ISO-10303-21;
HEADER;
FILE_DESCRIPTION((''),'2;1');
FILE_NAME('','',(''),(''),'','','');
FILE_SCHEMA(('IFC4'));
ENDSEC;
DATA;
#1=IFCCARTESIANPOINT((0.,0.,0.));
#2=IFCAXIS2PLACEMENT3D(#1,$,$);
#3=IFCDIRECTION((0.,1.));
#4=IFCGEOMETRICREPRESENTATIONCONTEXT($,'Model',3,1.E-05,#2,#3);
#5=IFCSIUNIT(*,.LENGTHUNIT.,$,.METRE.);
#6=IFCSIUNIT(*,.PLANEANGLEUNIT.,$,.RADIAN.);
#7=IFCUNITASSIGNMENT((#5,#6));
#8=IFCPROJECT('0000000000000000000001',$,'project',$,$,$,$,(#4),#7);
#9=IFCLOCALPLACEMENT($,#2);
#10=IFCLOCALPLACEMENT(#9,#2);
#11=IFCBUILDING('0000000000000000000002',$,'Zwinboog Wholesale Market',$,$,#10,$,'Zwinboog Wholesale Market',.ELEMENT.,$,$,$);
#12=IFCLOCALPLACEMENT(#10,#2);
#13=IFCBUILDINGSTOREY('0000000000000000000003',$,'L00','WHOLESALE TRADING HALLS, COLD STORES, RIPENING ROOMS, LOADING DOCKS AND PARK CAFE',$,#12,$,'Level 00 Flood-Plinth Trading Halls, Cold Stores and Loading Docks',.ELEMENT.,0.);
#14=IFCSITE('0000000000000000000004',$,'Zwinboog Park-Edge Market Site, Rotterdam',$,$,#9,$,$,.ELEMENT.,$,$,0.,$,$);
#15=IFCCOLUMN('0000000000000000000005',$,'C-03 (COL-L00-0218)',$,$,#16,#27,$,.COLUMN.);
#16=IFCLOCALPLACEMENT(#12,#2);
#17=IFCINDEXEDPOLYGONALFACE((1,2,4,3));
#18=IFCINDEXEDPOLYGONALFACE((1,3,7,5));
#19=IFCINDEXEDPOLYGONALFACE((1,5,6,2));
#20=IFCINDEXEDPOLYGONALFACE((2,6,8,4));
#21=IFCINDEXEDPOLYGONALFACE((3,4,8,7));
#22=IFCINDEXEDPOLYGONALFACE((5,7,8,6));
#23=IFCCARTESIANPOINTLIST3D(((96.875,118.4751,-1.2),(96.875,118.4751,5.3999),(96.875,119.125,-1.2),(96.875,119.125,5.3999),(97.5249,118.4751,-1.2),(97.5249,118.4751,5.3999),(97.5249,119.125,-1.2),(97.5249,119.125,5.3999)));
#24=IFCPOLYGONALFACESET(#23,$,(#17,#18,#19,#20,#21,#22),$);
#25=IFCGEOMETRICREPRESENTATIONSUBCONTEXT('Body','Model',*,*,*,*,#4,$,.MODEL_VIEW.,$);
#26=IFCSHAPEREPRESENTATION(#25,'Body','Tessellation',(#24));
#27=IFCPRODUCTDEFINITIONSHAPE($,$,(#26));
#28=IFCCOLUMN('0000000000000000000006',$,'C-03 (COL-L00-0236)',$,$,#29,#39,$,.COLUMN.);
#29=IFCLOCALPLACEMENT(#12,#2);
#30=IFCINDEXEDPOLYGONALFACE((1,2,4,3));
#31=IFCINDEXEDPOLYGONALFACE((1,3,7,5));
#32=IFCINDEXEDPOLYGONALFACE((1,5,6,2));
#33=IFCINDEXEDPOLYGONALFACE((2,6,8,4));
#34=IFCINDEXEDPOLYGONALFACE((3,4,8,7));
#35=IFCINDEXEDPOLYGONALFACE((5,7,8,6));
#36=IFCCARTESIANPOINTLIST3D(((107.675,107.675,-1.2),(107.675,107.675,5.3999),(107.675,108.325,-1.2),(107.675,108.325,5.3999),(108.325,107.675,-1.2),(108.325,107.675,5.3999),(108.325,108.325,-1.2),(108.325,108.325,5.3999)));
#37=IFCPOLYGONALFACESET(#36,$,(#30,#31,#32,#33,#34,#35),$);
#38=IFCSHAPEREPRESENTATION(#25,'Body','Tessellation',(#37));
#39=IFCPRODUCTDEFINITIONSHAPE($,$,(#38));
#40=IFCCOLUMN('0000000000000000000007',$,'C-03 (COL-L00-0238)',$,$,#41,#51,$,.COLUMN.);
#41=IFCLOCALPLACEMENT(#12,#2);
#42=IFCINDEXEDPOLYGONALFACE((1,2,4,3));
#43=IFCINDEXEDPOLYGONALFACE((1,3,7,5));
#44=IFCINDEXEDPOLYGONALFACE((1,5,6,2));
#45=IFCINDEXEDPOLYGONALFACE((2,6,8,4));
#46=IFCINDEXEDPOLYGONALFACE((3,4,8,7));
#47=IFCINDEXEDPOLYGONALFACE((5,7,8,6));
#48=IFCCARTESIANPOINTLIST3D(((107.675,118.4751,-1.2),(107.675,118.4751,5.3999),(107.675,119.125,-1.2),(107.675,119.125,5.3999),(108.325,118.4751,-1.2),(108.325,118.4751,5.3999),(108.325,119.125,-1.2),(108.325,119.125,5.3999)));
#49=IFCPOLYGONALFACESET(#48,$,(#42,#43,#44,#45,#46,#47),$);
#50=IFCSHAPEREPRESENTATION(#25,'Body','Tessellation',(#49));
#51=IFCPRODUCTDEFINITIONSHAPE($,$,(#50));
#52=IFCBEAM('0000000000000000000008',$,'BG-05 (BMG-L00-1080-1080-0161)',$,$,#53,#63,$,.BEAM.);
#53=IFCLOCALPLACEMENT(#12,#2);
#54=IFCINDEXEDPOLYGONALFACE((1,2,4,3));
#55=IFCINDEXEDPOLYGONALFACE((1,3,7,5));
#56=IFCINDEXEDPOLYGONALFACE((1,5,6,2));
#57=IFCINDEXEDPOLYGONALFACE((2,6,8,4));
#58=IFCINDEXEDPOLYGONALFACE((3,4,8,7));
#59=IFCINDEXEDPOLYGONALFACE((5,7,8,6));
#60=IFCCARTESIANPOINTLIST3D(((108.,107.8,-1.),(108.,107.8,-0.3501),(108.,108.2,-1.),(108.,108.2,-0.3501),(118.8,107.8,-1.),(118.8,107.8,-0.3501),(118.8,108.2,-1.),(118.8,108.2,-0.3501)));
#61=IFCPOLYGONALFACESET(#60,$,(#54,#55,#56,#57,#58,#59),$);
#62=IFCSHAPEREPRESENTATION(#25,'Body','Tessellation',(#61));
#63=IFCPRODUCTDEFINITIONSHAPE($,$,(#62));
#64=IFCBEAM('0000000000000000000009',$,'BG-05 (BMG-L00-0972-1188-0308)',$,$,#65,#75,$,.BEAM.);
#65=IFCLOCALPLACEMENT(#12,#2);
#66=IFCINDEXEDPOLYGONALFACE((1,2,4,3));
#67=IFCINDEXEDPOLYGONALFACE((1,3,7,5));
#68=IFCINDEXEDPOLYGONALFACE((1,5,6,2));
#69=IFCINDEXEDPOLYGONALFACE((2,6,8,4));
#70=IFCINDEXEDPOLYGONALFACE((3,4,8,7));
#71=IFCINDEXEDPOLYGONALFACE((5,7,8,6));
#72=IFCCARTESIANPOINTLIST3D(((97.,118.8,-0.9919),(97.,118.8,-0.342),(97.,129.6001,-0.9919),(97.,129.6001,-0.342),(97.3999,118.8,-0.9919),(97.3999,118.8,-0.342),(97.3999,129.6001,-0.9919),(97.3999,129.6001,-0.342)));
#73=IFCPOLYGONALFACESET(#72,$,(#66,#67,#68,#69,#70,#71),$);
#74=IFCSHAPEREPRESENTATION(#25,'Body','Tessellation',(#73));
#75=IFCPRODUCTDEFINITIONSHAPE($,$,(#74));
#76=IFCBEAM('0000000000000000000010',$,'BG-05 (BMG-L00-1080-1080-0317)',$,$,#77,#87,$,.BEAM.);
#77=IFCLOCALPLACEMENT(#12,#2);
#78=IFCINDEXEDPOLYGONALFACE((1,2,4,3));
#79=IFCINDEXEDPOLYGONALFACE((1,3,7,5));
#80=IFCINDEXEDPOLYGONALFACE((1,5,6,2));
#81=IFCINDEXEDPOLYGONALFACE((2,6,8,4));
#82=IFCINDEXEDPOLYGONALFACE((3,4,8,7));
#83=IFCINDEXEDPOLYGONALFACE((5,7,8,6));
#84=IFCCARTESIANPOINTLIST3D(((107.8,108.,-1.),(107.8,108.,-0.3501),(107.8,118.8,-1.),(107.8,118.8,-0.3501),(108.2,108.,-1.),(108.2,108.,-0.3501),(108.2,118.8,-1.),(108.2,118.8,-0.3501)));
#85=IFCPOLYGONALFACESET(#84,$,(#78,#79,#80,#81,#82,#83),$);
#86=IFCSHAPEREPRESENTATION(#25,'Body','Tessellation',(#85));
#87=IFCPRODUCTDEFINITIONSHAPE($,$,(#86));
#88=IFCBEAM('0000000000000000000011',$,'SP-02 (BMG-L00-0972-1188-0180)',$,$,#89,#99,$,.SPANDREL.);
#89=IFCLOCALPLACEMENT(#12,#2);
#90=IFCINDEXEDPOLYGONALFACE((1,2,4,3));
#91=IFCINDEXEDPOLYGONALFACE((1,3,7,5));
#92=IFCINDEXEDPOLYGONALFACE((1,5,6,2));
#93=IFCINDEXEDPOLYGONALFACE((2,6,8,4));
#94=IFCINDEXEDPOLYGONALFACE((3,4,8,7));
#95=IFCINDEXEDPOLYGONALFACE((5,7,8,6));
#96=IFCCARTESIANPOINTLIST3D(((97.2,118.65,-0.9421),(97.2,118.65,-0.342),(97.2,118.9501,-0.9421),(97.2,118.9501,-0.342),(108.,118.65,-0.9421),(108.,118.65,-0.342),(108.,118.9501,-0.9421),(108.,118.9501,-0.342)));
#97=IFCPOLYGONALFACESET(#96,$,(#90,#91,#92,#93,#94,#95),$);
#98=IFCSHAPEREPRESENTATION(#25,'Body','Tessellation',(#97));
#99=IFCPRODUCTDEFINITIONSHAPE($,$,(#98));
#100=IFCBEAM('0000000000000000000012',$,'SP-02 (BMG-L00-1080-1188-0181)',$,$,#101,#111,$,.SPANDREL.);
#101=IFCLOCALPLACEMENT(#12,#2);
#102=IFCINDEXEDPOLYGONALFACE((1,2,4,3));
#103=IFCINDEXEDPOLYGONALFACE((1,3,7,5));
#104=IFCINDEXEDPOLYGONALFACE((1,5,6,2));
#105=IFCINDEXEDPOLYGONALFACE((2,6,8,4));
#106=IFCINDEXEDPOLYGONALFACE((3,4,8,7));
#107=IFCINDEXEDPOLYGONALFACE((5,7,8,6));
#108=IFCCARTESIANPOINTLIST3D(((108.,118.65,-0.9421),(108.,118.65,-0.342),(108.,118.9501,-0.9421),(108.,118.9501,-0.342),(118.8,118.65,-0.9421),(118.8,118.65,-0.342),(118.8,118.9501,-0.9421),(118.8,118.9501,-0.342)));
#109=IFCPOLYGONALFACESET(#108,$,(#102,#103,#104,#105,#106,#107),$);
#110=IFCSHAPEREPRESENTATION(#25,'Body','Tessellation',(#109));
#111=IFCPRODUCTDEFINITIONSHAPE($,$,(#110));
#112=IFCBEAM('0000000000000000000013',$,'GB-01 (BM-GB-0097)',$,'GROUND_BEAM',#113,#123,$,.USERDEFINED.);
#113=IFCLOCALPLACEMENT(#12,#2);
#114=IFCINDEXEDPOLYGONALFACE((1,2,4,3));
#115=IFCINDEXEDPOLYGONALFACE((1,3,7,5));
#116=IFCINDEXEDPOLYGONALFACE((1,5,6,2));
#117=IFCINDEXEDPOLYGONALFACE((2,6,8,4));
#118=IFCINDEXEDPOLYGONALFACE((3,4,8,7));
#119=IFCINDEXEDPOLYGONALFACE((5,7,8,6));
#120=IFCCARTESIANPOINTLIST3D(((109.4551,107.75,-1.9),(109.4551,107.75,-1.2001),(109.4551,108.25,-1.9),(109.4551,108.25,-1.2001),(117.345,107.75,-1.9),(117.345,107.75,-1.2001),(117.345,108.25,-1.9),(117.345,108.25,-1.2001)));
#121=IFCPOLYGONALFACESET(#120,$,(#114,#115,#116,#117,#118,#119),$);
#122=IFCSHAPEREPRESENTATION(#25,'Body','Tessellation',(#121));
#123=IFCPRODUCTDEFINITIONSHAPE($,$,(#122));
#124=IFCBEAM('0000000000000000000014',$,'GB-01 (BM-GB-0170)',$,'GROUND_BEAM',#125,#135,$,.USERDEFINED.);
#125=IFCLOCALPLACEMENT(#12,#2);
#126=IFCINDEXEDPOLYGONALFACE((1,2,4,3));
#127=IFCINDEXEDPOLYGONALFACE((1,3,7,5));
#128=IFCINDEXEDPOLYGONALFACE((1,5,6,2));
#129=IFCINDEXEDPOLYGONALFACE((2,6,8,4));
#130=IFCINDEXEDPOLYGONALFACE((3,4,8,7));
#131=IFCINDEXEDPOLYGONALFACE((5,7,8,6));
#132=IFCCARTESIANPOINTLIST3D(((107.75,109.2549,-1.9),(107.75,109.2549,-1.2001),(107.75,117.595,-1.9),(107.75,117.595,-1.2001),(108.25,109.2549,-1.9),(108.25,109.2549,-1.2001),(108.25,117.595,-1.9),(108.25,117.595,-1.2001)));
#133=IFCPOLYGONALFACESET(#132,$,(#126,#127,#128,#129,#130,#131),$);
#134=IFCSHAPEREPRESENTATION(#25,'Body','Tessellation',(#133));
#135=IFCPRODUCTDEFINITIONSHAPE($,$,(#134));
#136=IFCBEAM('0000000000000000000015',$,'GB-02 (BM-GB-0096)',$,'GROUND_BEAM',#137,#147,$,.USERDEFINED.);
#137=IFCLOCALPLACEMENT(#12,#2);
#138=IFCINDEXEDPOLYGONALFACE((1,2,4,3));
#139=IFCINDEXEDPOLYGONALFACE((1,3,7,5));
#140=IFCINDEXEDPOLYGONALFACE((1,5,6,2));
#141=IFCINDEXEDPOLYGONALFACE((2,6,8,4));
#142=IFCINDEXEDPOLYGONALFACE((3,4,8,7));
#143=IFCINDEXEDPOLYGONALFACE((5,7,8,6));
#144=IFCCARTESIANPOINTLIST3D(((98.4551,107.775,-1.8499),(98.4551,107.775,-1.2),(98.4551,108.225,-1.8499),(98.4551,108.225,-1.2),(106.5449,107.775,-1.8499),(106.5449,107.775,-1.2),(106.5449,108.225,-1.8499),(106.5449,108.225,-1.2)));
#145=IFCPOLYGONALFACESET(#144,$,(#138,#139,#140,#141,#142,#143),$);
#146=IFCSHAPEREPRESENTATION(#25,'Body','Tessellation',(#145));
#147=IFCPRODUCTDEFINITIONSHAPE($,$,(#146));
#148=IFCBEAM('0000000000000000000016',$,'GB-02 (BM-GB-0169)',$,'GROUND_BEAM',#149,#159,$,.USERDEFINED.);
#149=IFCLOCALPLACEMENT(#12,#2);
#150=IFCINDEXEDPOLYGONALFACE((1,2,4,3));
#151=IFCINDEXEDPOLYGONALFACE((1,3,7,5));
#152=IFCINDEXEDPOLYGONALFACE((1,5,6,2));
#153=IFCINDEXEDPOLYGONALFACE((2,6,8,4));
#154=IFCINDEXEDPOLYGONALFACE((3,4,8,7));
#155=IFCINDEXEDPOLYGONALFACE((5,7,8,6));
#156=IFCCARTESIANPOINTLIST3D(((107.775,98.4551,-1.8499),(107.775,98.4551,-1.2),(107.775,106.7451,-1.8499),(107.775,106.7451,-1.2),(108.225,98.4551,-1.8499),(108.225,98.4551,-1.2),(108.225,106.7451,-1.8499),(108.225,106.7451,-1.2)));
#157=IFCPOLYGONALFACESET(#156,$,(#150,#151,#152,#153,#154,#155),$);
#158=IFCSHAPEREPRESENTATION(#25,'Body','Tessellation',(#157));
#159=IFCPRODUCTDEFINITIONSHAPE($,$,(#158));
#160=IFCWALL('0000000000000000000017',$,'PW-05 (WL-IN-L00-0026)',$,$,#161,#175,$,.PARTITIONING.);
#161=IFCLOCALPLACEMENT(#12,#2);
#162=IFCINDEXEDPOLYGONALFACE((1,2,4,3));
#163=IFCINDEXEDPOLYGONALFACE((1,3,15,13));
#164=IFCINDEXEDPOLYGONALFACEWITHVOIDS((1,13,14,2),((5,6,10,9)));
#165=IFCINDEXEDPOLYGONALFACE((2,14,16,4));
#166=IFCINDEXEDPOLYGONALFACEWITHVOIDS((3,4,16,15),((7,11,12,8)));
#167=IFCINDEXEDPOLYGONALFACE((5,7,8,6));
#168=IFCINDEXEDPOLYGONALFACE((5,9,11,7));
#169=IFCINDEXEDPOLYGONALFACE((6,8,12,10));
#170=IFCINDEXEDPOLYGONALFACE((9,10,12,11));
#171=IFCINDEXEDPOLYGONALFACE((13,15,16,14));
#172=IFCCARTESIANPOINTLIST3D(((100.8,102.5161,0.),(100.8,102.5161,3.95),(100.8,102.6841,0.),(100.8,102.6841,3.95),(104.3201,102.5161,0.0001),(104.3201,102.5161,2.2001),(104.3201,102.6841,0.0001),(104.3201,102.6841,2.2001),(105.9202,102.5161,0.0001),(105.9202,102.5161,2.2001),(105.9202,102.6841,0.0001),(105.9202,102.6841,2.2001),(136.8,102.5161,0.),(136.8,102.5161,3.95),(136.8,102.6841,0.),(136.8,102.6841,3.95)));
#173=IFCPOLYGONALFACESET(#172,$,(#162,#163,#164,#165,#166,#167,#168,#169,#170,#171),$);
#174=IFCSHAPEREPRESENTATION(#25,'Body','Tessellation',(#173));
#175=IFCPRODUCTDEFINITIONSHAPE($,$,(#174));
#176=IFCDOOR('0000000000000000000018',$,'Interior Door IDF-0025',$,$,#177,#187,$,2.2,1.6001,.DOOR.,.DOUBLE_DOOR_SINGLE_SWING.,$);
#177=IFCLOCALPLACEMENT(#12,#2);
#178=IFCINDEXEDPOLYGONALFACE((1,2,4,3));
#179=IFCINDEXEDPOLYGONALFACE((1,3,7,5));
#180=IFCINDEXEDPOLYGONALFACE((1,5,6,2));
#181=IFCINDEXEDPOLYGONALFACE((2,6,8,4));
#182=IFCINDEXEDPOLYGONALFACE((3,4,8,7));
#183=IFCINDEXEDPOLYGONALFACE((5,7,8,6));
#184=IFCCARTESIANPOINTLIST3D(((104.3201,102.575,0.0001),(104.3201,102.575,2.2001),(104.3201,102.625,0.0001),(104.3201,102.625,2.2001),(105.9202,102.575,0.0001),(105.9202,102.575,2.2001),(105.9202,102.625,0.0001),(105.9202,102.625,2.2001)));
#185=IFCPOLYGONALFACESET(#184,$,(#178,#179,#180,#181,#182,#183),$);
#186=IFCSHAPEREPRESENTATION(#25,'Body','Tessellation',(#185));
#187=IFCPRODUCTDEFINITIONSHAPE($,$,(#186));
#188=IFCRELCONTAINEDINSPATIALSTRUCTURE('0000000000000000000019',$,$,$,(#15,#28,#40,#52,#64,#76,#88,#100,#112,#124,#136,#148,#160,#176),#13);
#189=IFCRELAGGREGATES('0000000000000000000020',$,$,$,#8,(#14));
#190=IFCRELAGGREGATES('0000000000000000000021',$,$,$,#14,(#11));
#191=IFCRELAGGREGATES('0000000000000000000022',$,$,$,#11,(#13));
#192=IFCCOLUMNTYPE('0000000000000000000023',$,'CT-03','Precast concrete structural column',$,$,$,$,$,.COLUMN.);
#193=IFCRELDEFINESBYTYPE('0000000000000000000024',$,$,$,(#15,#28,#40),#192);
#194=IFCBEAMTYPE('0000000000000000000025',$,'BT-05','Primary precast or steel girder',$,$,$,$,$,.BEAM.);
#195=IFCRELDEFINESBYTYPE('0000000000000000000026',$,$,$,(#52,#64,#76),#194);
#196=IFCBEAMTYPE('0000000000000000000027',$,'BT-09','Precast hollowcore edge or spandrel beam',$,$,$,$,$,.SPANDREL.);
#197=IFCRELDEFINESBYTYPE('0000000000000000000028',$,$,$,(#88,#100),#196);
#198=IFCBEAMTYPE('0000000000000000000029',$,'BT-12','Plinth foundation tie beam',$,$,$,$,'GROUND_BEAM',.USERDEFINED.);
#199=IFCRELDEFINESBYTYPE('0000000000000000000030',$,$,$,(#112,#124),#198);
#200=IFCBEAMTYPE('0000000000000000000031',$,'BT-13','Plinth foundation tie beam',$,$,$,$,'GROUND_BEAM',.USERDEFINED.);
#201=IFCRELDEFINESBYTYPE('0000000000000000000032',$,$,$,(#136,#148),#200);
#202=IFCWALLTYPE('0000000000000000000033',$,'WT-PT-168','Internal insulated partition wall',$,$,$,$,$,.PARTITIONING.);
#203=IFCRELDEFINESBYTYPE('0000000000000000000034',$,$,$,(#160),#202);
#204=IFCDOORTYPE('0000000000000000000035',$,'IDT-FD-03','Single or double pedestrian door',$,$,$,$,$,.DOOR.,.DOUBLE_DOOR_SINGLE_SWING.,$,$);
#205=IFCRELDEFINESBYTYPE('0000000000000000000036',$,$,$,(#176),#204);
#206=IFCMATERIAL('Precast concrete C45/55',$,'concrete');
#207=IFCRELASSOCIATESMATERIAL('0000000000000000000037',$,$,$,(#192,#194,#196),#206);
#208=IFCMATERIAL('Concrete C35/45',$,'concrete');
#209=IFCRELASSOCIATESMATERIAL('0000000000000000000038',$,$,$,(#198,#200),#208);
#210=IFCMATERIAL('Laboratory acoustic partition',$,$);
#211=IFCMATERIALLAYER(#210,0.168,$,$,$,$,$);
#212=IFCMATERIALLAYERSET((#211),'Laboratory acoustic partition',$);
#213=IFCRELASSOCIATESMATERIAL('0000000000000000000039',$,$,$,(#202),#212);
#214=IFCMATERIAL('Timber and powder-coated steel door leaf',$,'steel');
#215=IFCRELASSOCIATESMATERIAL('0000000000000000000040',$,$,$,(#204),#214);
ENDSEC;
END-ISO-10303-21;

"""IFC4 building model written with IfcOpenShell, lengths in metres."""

from ifc_helpers import new_model, si_unit, direction, frame, frame_2d, origin, origin_2d, place, context, subcontext, project, spatial, rectangle, extrude, material, layer, layer_set, material_profile, profile_set, type_object, element, fill, save


model = new_model("IFC4")

# Units and contexts
model_context = context("Model", 3, precision=1e-05, world=origin(), true_north=direction((0.0, 1.0)))
body_context = subcontext(model_context, "Body", "Model", "MODEL_VIEW")
ifc_project = project(units=[si_unit("LENGTHUNIT", "METRE"), si_unit("PLANEANGLEUNIT", "RADIAN")], contexts=[model_context])

# Site, building, storey
site_placement = place(None, origin())
site = spatial("IfcSite", under=ifc_project, at=site_placement, Name="Zwinboog Park-Edge Market Site, Rotterdam", CompositionType="ELEMENT", RefElevation=0.0)
building_placement = place(site_placement, origin())
building = spatial("IfcBuilding", under=site, at=building_placement, Name="Zwinboog Wholesale Market", LongName="Zwinboog Wholesale Market", CompositionType="ELEMENT")
storey_placement = place(building_placement, origin())
storey = spatial("IfcBuildingStorey", under=building, at=storey_placement, Name="L00", Description="WHOLESALE TRADING HALLS, COLD STORES, RIPENING ROOMS, LOADING DOCKS AND PARK CAFE", LongName="Level 00 Flood-Plinth Trading Halls, Cold Stores and Loading Docks", CompositionType="ELEMENT", Elevation=0.0)

# Shared definitions
ifc_material_1 = material(Name="Concrete C35/45", Category="concrete")

# Columns
ifc_material_2 = material(Name="Precast concrete C45/55", Category="concrete")
ifc_material_profile_1 = material_profile(ifc_material_2, rectangle(XDim=0.6499, YDim=0.6499, at=origin_2d()), Name="PC 650x650")
ifc_profile_set_1 = profile_set([ifc_material_profile_1], Name="Precast concrete C45/55")
column_type = type_object("IfcColumnType", Name="CT-03", Description="Precast concrete structural column", PredefinedType="COLUMN", material=ifc_profile_set_1)
for number, where, z_axis, x_axis, name in (
    (1, (97.2, 118.8, -1.2), (0.0, 0.0, 1.0), (1.0, 0.0, 0.0), "C-03 (COL-L00-0218)"),
    (2, (108.0, 108.0, -1.2), (0.0, 0.0, 1.0), (1.0, 0.0, 0.0), "C-03 (COL-L00-0236)"),
    (3, (108.0, 118.8, -1.2), (0.0, 0.0, 1.0), (1.0, 0.0, 0.0), "C-03 (COL-L00-0238)"),
):
    element("IfcColumn", number, at=place(storey_placement, frame(where, z_axis=z_axis, x_axis=x_axis)), inside=storey, type_object=column_type, Name=name, PredefinedType="COLUMN", context=body_context, shape_type="SweptSolid", body=[
        extrude(rectangle(XDim=0.6499, YDim=0.6499, at=origin_2d()), origin(), (0.0, 0.0, 1.0), 6.5999),
    ])

# Beams
ifc_material_profile_2 = material_profile(ifc_material_2, rectangle(XDim=0.3999, YDim=0.6499, at=origin_2d()), Name="PC 400x650")
ifc_profile_set_2 = profile_set([ifc_material_profile_2], Name="Precast concrete C45/55")
beam_type_1 = type_object("IfcBeamType", Name="BT-05", Description="Primary precast or steel girder", PredefinedType="BEAM", material=ifc_profile_set_2)
for number, where, z_axis, x_axis, name in (
    (4, (108.0, 108.0, -0.675), (1.0, 0.0, 0.0), (0.0, 1.0, 0.0), "BG-05 (BMG-L00-1080-1080-0161)"),
    (5, (97.2, 118.8, -0.667), (0.0, 1.0, 0.0), (-1.0, 0.0, 0.0), "BG-05 (BMG-L00-0972-1188-0308)"),
    (6, (108.0, 108.0, -0.675), (0.0, 1.0, 0.0), (-1.0, 0.0, 0.0), "BG-05 (BMG-L00-1080-1080-0317)"),
):
    element("IfcBeam", number, at=place(storey_placement, frame(where, z_axis=z_axis, x_axis=x_axis)), inside=storey, type_object=beam_type_1, Name=name, PredefinedType="BEAM", context=body_context, shape_type="SweptSolid", body=[
        extrude(rectangle(XDim=0.3999, YDim=0.6499, at=origin_2d()), origin(), (0.0, 0.0, 1.0), 10.8),
    ])
ifc_material_profile_3 = material_profile(ifc_material_2, rectangle(XDim=0.3, YDim=0.6001, at=origin_2d()), Name="PC 300x600")
ifc_profile_set_3 = profile_set([ifc_material_profile_3], Name="Precast concrete C45/55")
beam_type_2 = type_object("IfcBeamType", Name="BT-09", Description="Precast hollowcore edge or spandrel beam", PredefinedType="SPANDREL", material=ifc_profile_set_3)
for number, where, z_axis, x_axis, name in (
    (7, (97.2, 118.8, -0.6421), (1.0, 0.0, 0.0), (0.0, 1.0, 0.0), "SP-02 (BMG-L00-0972-1188-0180)"),
    (8, (108.0, 118.8, -0.6421), (1.0, 0.0, 0.0), (0.0, 1.0, 0.0), "SP-02 (BMG-L00-1080-1188-0181)"),
):
    element("IfcBeam", number, at=place(storey_placement, frame(where, z_axis=z_axis, x_axis=x_axis)), inside=storey, type_object=beam_type_2, Name=name, PredefinedType="SPANDREL", context=body_context, shape_type="SweptSolid", body=[
        extrude(rectangle(XDim=0.3, YDim=0.6001, at=origin_2d()), origin(), (0.0, 0.0, 1.0), 10.8),
    ])
ifc_material_profile_4 = material_profile(ifc_material_1, rectangle(XDim=0.5, YDim=0.7, at=origin_2d()), Name="RC 500x700")
ifc_profile_set_4 = profile_set([ifc_material_profile_4], Name="Concrete C35/45")
beam_type_3 = type_object("IfcBeamType", Name="BT-12", Description="Plinth foundation tie beam", ElementType="GROUND_BEAM", PredefinedType="USERDEFINED", material=ifc_profile_set_4)
beam_1_placement = place(storey_placement, frame((109.4551, 108.0, -1.55), z_axis=(1.0, 0.0, 0.0), x_axis=(0.0, 1.0, 0.0)))
element("IfcBeam", 9, at=beam_1_placement, inside=storey, type_object=beam_type_3, Name="GB-01 (BM-GB-0097)", ObjectType="GROUND_BEAM", PredefinedType="USERDEFINED", context=body_context, shape_type="SweptSolid", body=[
    extrude(rectangle(XDim=0.5, YDim=0.7, at=origin_2d()), origin(), (0.0, 0.0, 1.0), 7.8899),
])
beam_2_placement = place(storey_placement, frame((108.0, 109.2549, -1.55), z_axis=(0.0, 1.0, 0.0), x_axis=(-1.0, 0.0, 0.0)))
element("IfcBeam", 10, at=beam_2_placement, inside=storey, type_object=beam_type_3, Name="GB-01 (BM-GB-0170)", ObjectType="GROUND_BEAM", PredefinedType="USERDEFINED", context=body_context, shape_type="SweptSolid", body=[
    extrude(rectangle(XDim=0.5, YDim=0.7, at=origin_2d()), origin(), (0.0, 0.0, 1.0), 8.3401),
])
ifc_material_profile_5 = material_profile(ifc_material_1, rectangle(XDim=0.45, YDim=0.6499, at=origin_2d()), Name="RC 450x650")
ifc_profile_set_5 = profile_set([ifc_material_profile_5], Name="Concrete C35/45")
beam_type_4 = type_object("IfcBeamType", Name="BT-13", Description="Plinth foundation tie beam", ElementType="GROUND_BEAM", PredefinedType="USERDEFINED", material=ifc_profile_set_5)
beam_3_placement = place(storey_placement, frame((98.4551, 108.0, -1.5249), z_axis=(1.0, 0.0, 0.0), x_axis=(0.0, 1.0, 0.0)))
element("IfcBeam", 11, at=beam_3_placement, inside=storey, type_object=beam_type_4, Name="GB-02 (BM-GB-0096)", ObjectType="GROUND_BEAM", PredefinedType="USERDEFINED", context=body_context, shape_type="SweptSolid", body=[
    extrude(rectangle(XDim=0.45, YDim=0.6499, at=origin_2d()), origin(), (0.0, 0.0, 1.0), 8.0898),
])
beam_4_placement = place(storey_placement, frame((108.0, 98.4551, -1.5249), z_axis=(0.0, 1.0, 0.0), x_axis=(-1.0, 0.0, 0.0)))
element("IfcBeam", 12, at=beam_4_placement, inside=storey, type_object=beam_type_4, Name="GB-02 (BM-GB-0169)", ObjectType="GROUND_BEAM", PredefinedType="USERDEFINED", context=body_context, shape_type="SweptSolid", body=[
    extrude(rectangle(XDim=0.45, YDim=0.6499, at=origin_2d()), origin(), (0.0, 0.0, 1.0), 8.29),
])

# Wall, opening, door
ifc_material_3 = material(Name="Laboratory acoustic partition")
ifc_layer = layer(ifc_material_3, 0.168)
ifc_layer_set = layer_set([ifc_layer], Name="Laboratory acoustic partition")
wall_type = type_object("IfcWallType", Name="WT-PT-168", Description="Internal insulated partition wall", PredefinedType="PARTITIONING", material=ifc_layer_set)
wall_placement = place(storey_placement, frame((100.8, 102.6001, 0.0), z_axis=(0.0, 0.0, 1.0), x_axis=(1.0, 0.0, 0.0)))
wall = element("IfcWall", 13, at=wall_placement, inside=storey, type_object=wall_type, Name="PW-05 (WL-IN-L00-0026)", PredefinedType="PARTITIONING", context=body_context, shape_type="SweptSolid", body=[
    extrude(rectangle(XDim=36.0, YDim=0.168, at=frame_2d((18.0, 0.0))), origin(), (0.0, 0.0, 1.0), 3.95),
])
opening_placement = place(wall_placement, frame((3.52, 0.0, 0.0)))
opening = element("IfcOpeningElement", 14, at=opening_placement, cuts=wall, PredefinedType="OPENING", context=body_context, shape_type="SweptSolid", body=[
    extrude(rectangle(XDim=1.6001, YDim=2.2, at=frame_2d((0.8, 1.1001))), frame((0.0, 0.094, 0.0), z_axis=(0.0, -1.0, 0.0), x_axis=(1.0, 0.0, 0.0)), (0.0, 0.0, 1.0), 0.188),
])
ifc_material_4 = material(Name="Timber and powder-coated steel door leaf", Category="steel")
door_type = type_object("IfcDoorType", Name="IDT-FD-03", Description="Single or double pedestrian door", OperationType="DOUBLE_DOOR_SINGLE_SWING", PredefinedType="DOOR", material=ifc_material_4)
door_placement = place(opening_placement, origin())
door = element("IfcDoor", 15, at=door_placement, inside=storey, type_object=door_type, Name="Interior Door IDF-0025", OperationType="DOUBLE_DOOR_SINGLE_SWING", OverallHeight=2.2, OverallWidth=1.6001, PredefinedType="DOOR", context=body_context, shape_type="SweptSolid", body=[
    extrude(rectangle(XDim=1.6001, YDim=2.2, at=frame_2d((0.8, 1.1001))), frame((0.0, 0.0249, 0.0), z_axis=(0.0, -1.0, 0.0), x_axis=(1.0, 0.0, 0.0)), (0.0, 0.0, 1.0), 0.05),
])
fill(opening, door)

save(model, "model.ifc")
